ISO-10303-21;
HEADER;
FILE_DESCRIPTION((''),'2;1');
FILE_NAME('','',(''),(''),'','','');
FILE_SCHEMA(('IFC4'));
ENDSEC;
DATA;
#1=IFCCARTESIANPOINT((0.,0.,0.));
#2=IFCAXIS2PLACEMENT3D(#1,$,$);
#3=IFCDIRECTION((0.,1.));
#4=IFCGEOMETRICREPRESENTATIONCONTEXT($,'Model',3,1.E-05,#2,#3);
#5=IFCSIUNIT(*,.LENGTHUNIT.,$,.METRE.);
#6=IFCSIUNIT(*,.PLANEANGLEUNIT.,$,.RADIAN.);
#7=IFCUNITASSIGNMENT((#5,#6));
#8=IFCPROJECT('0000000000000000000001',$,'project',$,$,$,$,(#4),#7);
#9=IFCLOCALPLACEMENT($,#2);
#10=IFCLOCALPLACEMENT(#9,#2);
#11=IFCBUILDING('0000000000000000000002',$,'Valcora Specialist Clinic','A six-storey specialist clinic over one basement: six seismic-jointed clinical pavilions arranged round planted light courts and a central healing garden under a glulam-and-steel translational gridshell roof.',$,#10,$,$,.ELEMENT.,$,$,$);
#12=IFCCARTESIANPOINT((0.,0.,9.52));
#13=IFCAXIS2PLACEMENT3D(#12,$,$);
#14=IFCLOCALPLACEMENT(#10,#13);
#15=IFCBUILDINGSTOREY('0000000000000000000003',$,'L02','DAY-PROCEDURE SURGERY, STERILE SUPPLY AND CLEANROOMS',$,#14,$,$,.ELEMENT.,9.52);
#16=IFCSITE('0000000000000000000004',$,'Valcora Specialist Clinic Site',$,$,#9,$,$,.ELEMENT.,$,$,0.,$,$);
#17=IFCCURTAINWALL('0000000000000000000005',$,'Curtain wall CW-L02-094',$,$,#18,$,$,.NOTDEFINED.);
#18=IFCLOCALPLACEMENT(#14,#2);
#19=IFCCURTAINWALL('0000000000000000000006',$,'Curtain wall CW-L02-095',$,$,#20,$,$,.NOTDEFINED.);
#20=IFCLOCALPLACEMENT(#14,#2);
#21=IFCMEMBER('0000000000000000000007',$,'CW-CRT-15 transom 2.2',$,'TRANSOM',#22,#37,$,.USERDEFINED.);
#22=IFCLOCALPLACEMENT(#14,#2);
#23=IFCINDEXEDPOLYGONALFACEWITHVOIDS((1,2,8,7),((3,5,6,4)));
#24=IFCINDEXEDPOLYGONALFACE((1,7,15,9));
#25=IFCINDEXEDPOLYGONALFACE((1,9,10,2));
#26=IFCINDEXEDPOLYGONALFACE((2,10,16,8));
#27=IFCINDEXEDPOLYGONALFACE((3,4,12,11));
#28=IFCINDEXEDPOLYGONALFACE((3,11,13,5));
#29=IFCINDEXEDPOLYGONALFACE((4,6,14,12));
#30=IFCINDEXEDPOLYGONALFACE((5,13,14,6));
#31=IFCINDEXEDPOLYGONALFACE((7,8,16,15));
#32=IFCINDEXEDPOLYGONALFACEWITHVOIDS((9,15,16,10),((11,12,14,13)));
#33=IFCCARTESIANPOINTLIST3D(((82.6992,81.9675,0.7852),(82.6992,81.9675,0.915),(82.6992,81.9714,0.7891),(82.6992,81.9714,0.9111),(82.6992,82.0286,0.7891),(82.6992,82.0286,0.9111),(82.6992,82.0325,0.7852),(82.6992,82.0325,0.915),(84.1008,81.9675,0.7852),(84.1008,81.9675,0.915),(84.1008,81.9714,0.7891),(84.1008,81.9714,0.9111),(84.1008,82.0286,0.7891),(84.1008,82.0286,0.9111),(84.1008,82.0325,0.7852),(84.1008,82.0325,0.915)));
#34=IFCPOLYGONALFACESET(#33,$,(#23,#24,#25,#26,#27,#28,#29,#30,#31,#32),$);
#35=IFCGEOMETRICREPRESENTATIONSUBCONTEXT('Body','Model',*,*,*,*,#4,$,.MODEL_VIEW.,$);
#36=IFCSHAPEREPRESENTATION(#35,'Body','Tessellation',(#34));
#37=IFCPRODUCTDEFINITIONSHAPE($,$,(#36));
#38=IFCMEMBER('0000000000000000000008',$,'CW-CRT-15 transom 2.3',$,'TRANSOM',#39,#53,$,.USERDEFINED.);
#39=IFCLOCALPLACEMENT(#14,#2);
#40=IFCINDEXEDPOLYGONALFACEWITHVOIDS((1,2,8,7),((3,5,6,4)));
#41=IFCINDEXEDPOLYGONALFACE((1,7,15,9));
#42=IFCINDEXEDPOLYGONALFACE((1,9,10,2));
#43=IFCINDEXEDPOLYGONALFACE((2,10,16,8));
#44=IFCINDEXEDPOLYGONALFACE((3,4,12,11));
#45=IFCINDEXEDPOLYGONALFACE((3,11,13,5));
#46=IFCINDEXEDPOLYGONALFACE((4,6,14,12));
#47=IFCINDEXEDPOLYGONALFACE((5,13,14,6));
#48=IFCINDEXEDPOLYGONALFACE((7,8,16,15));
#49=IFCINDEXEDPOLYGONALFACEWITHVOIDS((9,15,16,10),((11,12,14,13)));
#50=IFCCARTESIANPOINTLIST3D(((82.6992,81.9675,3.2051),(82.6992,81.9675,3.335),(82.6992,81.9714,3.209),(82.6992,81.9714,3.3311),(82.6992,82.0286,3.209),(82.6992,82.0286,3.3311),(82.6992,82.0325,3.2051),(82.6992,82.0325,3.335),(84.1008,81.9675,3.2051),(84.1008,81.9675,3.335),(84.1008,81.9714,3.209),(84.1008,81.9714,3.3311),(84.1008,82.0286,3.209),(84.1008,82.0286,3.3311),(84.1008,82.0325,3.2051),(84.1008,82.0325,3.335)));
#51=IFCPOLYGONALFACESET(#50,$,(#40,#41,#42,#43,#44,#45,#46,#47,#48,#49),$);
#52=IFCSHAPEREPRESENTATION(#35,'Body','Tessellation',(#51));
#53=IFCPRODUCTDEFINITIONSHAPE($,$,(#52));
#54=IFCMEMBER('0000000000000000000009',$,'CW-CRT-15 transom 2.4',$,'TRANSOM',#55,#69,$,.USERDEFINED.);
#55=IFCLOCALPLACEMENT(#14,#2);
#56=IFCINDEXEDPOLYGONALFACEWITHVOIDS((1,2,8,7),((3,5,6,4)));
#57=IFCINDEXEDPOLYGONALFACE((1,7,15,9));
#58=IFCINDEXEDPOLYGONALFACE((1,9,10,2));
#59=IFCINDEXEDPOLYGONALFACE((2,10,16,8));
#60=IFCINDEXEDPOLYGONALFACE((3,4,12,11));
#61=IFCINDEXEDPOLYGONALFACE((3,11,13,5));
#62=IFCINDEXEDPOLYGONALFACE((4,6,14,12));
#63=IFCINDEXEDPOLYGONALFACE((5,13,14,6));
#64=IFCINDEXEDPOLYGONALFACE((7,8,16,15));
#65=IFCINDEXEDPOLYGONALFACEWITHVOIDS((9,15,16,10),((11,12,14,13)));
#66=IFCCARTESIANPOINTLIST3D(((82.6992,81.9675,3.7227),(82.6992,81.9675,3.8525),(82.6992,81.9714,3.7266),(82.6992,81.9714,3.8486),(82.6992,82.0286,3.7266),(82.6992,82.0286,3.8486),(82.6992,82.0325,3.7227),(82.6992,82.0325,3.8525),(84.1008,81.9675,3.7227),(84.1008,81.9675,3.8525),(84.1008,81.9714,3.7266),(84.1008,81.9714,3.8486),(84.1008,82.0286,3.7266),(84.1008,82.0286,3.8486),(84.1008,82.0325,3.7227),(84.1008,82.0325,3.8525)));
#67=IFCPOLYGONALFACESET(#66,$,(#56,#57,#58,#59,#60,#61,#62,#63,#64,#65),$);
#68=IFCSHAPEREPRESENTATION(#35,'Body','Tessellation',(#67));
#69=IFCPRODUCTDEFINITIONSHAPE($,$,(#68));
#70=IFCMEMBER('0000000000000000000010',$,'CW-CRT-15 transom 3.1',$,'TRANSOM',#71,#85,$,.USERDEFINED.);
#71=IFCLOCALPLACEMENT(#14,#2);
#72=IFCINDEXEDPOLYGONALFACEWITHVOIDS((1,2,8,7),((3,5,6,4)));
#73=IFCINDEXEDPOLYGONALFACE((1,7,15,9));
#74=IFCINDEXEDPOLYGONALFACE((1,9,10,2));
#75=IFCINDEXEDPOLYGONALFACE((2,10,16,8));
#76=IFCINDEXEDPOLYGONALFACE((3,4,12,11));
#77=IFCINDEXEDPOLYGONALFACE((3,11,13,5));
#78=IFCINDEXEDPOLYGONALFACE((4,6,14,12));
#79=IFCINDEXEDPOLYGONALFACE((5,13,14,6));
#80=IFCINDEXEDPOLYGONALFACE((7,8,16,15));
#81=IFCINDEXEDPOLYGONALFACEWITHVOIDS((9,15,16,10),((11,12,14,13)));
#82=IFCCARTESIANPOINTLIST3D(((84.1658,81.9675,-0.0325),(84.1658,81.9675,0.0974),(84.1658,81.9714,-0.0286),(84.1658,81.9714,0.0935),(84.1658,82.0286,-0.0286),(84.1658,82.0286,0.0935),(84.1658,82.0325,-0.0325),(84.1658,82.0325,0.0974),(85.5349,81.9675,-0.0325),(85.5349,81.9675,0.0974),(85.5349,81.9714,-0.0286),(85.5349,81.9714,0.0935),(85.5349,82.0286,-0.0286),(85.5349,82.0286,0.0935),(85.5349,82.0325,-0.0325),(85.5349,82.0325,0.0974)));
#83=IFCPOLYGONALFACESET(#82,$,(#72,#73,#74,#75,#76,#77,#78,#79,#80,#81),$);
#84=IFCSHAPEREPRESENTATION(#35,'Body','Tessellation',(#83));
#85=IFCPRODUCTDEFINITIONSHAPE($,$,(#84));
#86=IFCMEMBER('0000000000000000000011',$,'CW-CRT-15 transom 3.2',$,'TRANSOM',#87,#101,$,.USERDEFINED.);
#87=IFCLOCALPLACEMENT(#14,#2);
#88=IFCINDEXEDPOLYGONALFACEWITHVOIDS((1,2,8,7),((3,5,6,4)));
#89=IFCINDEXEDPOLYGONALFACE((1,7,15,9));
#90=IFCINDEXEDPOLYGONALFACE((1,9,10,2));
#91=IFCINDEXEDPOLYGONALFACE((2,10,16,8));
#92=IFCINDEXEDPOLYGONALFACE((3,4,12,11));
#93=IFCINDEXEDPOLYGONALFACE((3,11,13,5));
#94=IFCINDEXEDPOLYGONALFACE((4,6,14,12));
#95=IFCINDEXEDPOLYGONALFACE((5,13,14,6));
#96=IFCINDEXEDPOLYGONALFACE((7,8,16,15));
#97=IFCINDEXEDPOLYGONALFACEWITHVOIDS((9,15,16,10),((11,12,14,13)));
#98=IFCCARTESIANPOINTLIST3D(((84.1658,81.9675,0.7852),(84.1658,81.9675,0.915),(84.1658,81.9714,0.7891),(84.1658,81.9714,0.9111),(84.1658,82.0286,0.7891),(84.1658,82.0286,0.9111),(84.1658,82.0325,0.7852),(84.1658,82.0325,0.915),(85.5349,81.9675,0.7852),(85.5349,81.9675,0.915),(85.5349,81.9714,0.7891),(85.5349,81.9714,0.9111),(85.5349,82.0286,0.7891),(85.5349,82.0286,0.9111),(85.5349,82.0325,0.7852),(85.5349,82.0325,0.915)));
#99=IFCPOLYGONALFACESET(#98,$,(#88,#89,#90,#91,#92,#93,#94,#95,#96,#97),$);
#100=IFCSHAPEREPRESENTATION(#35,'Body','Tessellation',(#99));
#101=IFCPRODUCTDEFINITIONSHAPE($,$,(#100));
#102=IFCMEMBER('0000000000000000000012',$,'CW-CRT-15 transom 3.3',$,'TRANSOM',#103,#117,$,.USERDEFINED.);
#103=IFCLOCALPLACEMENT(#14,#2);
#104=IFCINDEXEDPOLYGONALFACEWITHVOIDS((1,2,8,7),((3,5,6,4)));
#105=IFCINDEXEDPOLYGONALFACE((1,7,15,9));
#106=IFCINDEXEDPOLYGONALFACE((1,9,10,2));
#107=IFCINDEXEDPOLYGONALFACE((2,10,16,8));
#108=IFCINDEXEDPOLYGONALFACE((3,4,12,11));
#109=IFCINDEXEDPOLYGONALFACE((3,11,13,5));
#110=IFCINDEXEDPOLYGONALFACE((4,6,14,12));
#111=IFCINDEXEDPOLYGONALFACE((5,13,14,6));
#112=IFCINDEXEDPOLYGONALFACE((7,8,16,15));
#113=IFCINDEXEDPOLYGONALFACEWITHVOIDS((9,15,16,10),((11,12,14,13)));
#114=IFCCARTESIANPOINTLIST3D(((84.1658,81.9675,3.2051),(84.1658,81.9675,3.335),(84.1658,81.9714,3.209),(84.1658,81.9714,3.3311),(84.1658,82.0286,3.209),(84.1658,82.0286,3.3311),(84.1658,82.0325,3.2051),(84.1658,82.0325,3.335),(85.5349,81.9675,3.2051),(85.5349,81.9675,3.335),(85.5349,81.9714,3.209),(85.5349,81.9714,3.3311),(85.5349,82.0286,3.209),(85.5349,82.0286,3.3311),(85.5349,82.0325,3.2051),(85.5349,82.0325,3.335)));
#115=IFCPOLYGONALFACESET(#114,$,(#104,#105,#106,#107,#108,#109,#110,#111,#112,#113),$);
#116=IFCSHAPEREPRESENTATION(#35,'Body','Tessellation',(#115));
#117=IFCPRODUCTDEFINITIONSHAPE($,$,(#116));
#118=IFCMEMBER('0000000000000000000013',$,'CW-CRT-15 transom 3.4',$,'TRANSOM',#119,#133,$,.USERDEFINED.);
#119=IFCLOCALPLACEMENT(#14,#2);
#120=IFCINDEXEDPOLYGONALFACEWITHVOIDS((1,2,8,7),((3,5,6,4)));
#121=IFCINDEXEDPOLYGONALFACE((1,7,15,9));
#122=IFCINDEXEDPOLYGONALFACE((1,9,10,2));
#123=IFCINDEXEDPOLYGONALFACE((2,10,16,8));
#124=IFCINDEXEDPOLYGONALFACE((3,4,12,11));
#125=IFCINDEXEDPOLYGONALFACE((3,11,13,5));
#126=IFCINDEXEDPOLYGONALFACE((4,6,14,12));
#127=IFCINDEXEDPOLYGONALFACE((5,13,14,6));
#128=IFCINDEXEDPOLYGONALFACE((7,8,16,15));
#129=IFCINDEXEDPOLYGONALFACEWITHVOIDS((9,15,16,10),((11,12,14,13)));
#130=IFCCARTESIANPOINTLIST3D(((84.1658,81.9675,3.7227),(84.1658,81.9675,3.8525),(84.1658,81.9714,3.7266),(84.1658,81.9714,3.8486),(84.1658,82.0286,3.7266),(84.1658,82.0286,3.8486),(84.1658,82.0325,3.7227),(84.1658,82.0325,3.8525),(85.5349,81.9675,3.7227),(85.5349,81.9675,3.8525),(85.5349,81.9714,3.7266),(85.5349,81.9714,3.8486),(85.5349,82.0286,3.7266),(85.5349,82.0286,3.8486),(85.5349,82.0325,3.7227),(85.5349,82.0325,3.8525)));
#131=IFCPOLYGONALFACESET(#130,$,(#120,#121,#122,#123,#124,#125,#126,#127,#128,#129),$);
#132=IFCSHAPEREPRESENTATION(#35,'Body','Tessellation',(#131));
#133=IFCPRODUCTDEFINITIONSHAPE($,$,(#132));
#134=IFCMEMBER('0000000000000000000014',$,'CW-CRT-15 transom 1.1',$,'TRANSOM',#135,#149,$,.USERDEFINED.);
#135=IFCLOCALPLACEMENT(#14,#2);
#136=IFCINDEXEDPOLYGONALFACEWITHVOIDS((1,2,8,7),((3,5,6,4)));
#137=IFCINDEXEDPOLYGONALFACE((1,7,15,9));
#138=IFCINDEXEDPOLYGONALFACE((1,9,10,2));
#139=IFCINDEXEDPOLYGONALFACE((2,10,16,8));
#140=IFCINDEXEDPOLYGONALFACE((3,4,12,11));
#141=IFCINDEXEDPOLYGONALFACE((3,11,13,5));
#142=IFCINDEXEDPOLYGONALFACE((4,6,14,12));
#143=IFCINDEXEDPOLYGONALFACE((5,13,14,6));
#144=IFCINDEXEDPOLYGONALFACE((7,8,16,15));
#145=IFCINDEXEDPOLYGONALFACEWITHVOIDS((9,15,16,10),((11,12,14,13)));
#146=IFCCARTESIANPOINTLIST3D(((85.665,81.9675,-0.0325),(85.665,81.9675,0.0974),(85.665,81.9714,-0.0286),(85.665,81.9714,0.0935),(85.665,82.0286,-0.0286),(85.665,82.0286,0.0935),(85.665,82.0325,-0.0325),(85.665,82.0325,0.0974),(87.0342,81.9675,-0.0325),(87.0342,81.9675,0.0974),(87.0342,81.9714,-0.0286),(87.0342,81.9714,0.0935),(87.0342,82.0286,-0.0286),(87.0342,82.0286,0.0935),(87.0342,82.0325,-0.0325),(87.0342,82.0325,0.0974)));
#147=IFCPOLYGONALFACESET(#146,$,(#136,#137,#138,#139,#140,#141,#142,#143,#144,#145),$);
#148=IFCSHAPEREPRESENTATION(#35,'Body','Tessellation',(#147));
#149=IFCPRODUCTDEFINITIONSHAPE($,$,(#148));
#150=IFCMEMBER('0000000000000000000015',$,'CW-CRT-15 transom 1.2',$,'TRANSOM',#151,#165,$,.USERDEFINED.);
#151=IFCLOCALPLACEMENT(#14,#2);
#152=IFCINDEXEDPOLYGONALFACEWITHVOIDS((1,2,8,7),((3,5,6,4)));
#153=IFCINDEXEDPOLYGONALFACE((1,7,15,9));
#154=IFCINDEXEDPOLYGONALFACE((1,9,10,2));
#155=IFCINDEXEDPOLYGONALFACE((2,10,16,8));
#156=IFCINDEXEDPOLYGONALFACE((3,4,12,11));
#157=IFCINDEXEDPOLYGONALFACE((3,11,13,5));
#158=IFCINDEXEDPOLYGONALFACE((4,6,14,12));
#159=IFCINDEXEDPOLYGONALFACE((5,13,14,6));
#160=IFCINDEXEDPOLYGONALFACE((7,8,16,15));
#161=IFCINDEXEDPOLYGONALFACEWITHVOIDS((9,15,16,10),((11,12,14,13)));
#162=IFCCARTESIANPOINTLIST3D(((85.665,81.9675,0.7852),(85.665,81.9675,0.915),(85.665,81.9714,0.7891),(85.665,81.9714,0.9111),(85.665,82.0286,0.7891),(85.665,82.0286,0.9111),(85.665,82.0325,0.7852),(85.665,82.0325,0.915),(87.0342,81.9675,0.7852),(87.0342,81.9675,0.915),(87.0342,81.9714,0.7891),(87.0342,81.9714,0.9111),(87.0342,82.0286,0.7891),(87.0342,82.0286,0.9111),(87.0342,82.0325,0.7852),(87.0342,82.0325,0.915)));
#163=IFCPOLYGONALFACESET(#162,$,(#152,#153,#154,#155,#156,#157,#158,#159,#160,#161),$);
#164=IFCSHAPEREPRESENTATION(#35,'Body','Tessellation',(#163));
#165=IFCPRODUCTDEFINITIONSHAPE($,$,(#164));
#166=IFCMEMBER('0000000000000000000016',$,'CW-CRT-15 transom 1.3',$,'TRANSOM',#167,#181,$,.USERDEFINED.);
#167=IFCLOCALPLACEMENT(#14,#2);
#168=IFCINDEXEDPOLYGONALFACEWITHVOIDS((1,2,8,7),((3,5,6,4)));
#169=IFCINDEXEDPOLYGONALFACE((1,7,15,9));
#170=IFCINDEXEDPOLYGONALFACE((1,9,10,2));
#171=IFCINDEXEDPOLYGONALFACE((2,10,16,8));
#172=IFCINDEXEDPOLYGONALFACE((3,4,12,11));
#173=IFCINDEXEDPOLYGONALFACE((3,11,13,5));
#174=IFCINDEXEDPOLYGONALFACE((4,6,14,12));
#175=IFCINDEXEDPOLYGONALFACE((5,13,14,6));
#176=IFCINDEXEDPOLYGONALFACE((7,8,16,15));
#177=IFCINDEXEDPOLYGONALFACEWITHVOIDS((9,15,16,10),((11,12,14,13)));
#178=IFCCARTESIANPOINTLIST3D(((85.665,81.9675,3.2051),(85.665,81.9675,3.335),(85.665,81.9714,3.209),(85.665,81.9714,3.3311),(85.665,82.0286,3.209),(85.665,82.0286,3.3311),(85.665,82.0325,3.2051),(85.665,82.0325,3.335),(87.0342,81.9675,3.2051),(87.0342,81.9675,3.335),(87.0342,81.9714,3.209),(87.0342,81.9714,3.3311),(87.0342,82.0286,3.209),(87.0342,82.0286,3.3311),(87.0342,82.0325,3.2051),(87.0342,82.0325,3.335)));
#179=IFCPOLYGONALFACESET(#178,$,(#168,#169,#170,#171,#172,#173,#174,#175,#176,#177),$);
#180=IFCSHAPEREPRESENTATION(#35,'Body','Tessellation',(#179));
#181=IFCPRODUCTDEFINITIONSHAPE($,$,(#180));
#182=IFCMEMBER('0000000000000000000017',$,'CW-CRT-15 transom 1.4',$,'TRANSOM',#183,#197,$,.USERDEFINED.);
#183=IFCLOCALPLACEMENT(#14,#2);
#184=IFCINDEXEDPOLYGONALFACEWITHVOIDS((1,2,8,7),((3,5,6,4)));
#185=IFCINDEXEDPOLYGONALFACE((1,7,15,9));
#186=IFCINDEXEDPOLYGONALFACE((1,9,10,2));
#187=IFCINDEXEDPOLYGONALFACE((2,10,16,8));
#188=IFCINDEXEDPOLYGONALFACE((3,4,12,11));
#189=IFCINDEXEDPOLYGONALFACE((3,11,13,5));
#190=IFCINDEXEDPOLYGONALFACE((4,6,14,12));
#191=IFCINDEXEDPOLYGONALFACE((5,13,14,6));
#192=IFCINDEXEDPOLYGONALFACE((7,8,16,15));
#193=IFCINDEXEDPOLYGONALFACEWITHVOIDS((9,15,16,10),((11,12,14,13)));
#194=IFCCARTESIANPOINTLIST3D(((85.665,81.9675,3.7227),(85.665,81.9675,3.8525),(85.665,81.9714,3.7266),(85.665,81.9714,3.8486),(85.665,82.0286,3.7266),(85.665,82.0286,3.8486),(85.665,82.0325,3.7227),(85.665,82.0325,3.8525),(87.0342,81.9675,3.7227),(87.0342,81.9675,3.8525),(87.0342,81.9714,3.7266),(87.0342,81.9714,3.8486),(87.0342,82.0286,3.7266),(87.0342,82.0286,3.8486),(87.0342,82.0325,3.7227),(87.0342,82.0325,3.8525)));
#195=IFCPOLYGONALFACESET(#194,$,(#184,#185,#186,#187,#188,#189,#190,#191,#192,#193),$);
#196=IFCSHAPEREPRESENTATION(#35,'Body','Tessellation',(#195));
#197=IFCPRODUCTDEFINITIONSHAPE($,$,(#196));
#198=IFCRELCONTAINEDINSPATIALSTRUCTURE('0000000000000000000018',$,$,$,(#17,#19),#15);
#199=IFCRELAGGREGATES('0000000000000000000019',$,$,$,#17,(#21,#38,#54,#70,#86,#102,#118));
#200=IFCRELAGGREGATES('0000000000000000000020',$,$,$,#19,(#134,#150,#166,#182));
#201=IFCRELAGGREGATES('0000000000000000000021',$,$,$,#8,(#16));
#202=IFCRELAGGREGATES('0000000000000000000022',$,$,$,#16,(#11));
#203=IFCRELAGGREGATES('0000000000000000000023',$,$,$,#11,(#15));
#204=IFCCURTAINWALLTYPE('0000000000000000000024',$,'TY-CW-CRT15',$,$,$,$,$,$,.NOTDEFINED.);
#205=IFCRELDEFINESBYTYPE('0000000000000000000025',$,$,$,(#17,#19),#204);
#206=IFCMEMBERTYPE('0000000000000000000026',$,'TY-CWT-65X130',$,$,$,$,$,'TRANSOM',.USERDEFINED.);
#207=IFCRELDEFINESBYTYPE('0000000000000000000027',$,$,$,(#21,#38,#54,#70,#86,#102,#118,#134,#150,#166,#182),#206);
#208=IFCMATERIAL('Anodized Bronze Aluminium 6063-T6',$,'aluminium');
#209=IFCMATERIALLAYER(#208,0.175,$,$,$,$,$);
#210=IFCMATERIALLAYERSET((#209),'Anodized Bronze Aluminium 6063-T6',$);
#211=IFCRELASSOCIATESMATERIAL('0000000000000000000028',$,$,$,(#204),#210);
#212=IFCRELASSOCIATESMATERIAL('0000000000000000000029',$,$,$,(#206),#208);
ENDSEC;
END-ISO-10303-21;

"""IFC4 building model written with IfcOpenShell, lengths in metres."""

from ifc_helpers import new_model, si_unit, direction, frame, origin, origin_2d, place, context, subcontext, project, spatial, hollow_rectangle, extrude, material, layer, layer_set, material_profile, profile_set, type_object, element, aggregate, save


model = new_model("IFC4")

# Units and contexts
model_context = context("Model", 3, precision=1e-05, world=origin(), true_north=direction((0.0, 1.0)))
body_context = subcontext(model_context, "Body", "Model", "MODEL_VIEW")
ifc_project = project(units=[si_unit("LENGTHUNIT", "METRE"), si_unit("PLANEANGLEUNIT", "RADIAN")], contexts=[model_context])

# Site, building, storey
site_placement = place(None, origin())
site = spatial("IfcSite", under=ifc_project, at=site_placement, Name="Valcora Specialist Clinic Site", CompositionType="ELEMENT", RefElevation=0.0)
building_placement = place(site_placement, origin())
building = spatial("IfcBuilding", under=site, at=building_placement, Name="Valcora Specialist Clinic", Description="A six-storey specialist clinic over one basement: six seismic-jointed clinical pavilions arranged round planted light courts and a central healing garden under a glulam-and-steel translational gridshell roof.", CompositionType="ELEMENT")
storey_placement = place(building_placement, frame((0.0, 0.0, 9.52)))
storey = spatial("IfcBuildingStorey", under=building, at=storey_placement, Name="L02", Description="DAY-PROCEDURE SURGERY, STERILE SUPPLY AND CLEANROOMS", CompositionType="ELEMENT", Elevation=9.52)

# Curtain wall
ifc_material_1 = material(Name="Anodized Bronze Aluminium 6063-T6", Category="aluminium")
ifc_layer_1 = layer(ifc_material_1, 0.175)
ifc_layer_set_1 = layer_set([ifc_layer_1], Name="Anodized Bronze Aluminium 6063-T6")
curtain_wall_type = type_object("IfcCurtainWallType", Name="TY-CW-CRT15", PredefinedType="NOTDEFINED", material=ifc_layer_set_1)
curtain_wall_1_placement = place(storey_placement, origin())
curtain_wall_1 = element("IfcCurtainWall", 1, at=curtain_wall_1_placement, inside=storey, type_object=curtain_wall_type, Name="Curtain wall CW-L02-094", PredefinedType="NOTDEFINED")

# Curtain wall
curtain_wall_2_placement = place(storey_placement, origin())
curtain_wall_2 = element("IfcCurtainWall", 2, at=curtain_wall_2_placement, inside=storey, type_object=curtain_wall_type, Name="Curtain wall CW-L02-095", PredefinedType="NOTDEFINED")

# Members
ifc_material_profile_1 = material_profile(ifc_material_1, hollow_rectangle(XDim=0.0649, YDim=0.1299, WallThickness=0.0039, at=origin_2d()), Name="AL-TRN-65X130")
ifc_profile_set_1 = profile_set([ifc_material_profile_1], Name="Anodized Bronze Aluminium 6063-T6")
member_type_1 = type_object("IfcMemberType", Name="TY-CWT-65X130", ElementType="TRANSOM", PredefinedType="USERDEFINED", material=ifc_profile_set_1)
member_1_placement = place(storey_placement, frame((82.6992, 82.0, 0.8501), z_axis=(1.0, 0.0, 0.0), x_axis=(0.0, 1.0, 0.0)))
member_1 = element("IfcMember", 3, at=member_1_placement, type_object=member_type_1, Name="CW-CRT-15 transom 2.2", ObjectType="TRANSOM", PredefinedType="USERDEFINED", context=body_context, shape_type="SweptSolid", body=[
    extrude(hollow_rectangle(XDim=0.0649, YDim=0.1299, WallThickness=0.0039, at=origin_2d()), origin(), (0.0, 0.0, 1.0), 1.4016),
])
member_2_placement = place(storey_placement, frame((82.6992, 82.0, 3.27), z_axis=(1.0, 0.0, 0.0), x_axis=(0.0, 1.0, 0.0)))
member_2 = element("IfcMember", 4, at=member_2_placement, type_object=member_type_1, Name="CW-CRT-15 transom 2.3", ObjectType="TRANSOM", PredefinedType="USERDEFINED", context=body_context, shape_type="SweptSolid", body=[
    extrude(hollow_rectangle(XDim=0.0649, YDim=0.1299, WallThickness=0.0039, at=origin_2d()), origin(), (0.0, 0.0, 1.0), 1.4016),
])
member_3_placement = place(storey_placement, frame((82.6992, 82.0, 3.7876), z_axis=(1.0, 0.0, 0.0), x_axis=(0.0, 1.0, 0.0)))
member_3 = element("IfcMember", 5, at=member_3_placement, type_object=member_type_1, Name="CW-CRT-15 transom 2.4", ObjectType="TRANSOM", PredefinedType="USERDEFINED", context=body_context, shape_type="SweptSolid", body=[
    extrude(hollow_rectangle(XDim=0.0649, YDim=0.1299, WallThickness=0.0039, at=origin_2d()), origin(), (0.0, 0.0, 1.0), 1.4016),
])
member_4_placement = place(storey_placement, frame((84.1658, 82.0, 0.0325), z_axis=(1.0, 0.0, 0.0), x_axis=(0.0, 1.0, 0.0)))
member_4 = element("IfcMember", 6, at=member_4_placement, type_object=member_type_1, Name="CW-CRT-15 transom 3.1", ObjectType="TRANSOM", PredefinedType="USERDEFINED", context=body_context, shape_type="SweptSolid", body=[
    extrude(hollow_rectangle(XDim=0.0649, YDim=0.1299, WallThickness=0.0039, at=origin_2d()), origin(), (0.0, 0.0, 1.0), 1.3691),
])
member_5_placement = place(storey_placement, frame((84.1658, 82.0, 0.8501), z_axis=(1.0, 0.0, 0.0), x_axis=(0.0, 1.0, 0.0)))
member_5 = element("IfcMember", 7, at=member_5_placement, type_object=member_type_1, Name="CW-CRT-15 transom 3.2", ObjectType="TRANSOM", PredefinedType="USERDEFINED", context=body_context, shape_type="SweptSolid", body=[
    extrude(hollow_rectangle(XDim=0.0649, YDim=0.1299, WallThickness=0.0039, at=origin_2d()), origin(), (0.0, 0.0, 1.0), 1.3691),
])
member_6_placement = place(storey_placement, frame((84.1658, 82.0, 3.27), z_axis=(1.0, 0.0, 0.0), x_axis=(0.0, 1.0, 0.0)))
member_6 = element("IfcMember", 8, at=member_6_placement, type_object=member_type_1, Name="CW-CRT-15 transom 3.3", ObjectType="TRANSOM", PredefinedType="USERDEFINED", context=body_context, shape_type="SweptSolid", body=[
    extrude(hollow_rectangle(XDim=0.0649, YDim=0.1299, WallThickness=0.0039, at=origin_2d()), origin(), (0.0, 0.0, 1.0), 1.3691),
])
member_7_placement = place(storey_placement, frame((84.1658, 82.0, 3.7876), z_axis=(1.0, 0.0, 0.0), x_axis=(0.0, 1.0, 0.0)))
member_7 = element("IfcMember", 9, at=member_7_placement, type_object=member_type_1, Name="CW-CRT-15 transom 3.4", ObjectType="TRANSOM", PredefinedType="USERDEFINED", context=body_context, shape_type="SweptSolid", body=[
    extrude(hollow_rectangle(XDim=0.0649, YDim=0.1299, WallThickness=0.0039, at=origin_2d()), origin(), (0.0, 0.0, 1.0), 1.3691),
])
member_8_placement = place(storey_placement, frame((85.665, 82.0, 0.0325), z_axis=(1.0, 0.0, 0.0), x_axis=(0.0, 1.0, 0.0)))
member_8 = element("IfcMember", 10, at=member_8_placement, type_object=member_type_1, Name="CW-CRT-15 transom 1.1", ObjectType="TRANSOM", PredefinedType="USERDEFINED", context=body_context, shape_type="SweptSolid", body=[
    extrude(hollow_rectangle(XDim=0.0649, YDim=0.1299, WallThickness=0.0039, at=origin_2d()), origin(), (0.0, 0.0, 1.0), 1.3691),
])
member_9_placement = place(storey_placement, frame((85.665, 82.0, 0.8501), z_axis=(1.0, 0.0, 0.0), x_axis=(0.0, 1.0, 0.0)))
member_9 = element("IfcMember", 11, at=member_9_placement, type_object=member_type_1, Name="CW-CRT-15 transom 1.2", ObjectType="TRANSOM", PredefinedType="USERDEFINED", context=body_context, shape_type="SweptSolid", body=[
    extrude(hollow_rectangle(XDim=0.0649, YDim=0.1299, WallThickness=0.0039, at=origin_2d()), origin(), (0.0, 0.0, 1.0), 1.3691),
])
member_10_placement = place(storey_placement, frame((85.665, 82.0, 3.27), z_axis=(1.0, 0.0, 0.0), x_axis=(0.0, 1.0, 0.0)))
member_10 = element("IfcMember", 12, at=member_10_placement, type_object=member_type_1, Name="CW-CRT-15 transom 1.3", ObjectType="TRANSOM", PredefinedType="USERDEFINED", context=body_context, shape_type="SweptSolid", body=[
    extrude(hollow_rectangle(XDim=0.0649, YDim=0.1299, WallThickness=0.0039, at=origin_2d()), origin(), (0.0, 0.0, 1.0), 1.3691),
])
member_11_placement = place(storey_placement, frame((85.665, 82.0, 3.7876), z_axis=(1.0, 0.0, 0.0), x_axis=(0.0, 1.0, 0.0)))
member_11 = element("IfcMember", 13, at=member_11_placement, type_object=member_type_1, Name="CW-CRT-15 transom 1.4", ObjectType="TRANSOM", PredefinedType="USERDEFINED", context=body_context, shape_type="SweptSolid", body=[
    extrude(hollow_rectangle(XDim=0.0649, YDim=0.1299, WallThickness=0.0039, at=origin_2d()), origin(), (0.0, 0.0, 1.0), 1.3691),
])

aggregate(curtain_wall_1, [member_1, member_2, member_3, member_4, member_5, member_6, member_7])
aggregate(curtain_wall_2, [member_8, member_9, member_10, member_11])

save(model, "model.ifc")
